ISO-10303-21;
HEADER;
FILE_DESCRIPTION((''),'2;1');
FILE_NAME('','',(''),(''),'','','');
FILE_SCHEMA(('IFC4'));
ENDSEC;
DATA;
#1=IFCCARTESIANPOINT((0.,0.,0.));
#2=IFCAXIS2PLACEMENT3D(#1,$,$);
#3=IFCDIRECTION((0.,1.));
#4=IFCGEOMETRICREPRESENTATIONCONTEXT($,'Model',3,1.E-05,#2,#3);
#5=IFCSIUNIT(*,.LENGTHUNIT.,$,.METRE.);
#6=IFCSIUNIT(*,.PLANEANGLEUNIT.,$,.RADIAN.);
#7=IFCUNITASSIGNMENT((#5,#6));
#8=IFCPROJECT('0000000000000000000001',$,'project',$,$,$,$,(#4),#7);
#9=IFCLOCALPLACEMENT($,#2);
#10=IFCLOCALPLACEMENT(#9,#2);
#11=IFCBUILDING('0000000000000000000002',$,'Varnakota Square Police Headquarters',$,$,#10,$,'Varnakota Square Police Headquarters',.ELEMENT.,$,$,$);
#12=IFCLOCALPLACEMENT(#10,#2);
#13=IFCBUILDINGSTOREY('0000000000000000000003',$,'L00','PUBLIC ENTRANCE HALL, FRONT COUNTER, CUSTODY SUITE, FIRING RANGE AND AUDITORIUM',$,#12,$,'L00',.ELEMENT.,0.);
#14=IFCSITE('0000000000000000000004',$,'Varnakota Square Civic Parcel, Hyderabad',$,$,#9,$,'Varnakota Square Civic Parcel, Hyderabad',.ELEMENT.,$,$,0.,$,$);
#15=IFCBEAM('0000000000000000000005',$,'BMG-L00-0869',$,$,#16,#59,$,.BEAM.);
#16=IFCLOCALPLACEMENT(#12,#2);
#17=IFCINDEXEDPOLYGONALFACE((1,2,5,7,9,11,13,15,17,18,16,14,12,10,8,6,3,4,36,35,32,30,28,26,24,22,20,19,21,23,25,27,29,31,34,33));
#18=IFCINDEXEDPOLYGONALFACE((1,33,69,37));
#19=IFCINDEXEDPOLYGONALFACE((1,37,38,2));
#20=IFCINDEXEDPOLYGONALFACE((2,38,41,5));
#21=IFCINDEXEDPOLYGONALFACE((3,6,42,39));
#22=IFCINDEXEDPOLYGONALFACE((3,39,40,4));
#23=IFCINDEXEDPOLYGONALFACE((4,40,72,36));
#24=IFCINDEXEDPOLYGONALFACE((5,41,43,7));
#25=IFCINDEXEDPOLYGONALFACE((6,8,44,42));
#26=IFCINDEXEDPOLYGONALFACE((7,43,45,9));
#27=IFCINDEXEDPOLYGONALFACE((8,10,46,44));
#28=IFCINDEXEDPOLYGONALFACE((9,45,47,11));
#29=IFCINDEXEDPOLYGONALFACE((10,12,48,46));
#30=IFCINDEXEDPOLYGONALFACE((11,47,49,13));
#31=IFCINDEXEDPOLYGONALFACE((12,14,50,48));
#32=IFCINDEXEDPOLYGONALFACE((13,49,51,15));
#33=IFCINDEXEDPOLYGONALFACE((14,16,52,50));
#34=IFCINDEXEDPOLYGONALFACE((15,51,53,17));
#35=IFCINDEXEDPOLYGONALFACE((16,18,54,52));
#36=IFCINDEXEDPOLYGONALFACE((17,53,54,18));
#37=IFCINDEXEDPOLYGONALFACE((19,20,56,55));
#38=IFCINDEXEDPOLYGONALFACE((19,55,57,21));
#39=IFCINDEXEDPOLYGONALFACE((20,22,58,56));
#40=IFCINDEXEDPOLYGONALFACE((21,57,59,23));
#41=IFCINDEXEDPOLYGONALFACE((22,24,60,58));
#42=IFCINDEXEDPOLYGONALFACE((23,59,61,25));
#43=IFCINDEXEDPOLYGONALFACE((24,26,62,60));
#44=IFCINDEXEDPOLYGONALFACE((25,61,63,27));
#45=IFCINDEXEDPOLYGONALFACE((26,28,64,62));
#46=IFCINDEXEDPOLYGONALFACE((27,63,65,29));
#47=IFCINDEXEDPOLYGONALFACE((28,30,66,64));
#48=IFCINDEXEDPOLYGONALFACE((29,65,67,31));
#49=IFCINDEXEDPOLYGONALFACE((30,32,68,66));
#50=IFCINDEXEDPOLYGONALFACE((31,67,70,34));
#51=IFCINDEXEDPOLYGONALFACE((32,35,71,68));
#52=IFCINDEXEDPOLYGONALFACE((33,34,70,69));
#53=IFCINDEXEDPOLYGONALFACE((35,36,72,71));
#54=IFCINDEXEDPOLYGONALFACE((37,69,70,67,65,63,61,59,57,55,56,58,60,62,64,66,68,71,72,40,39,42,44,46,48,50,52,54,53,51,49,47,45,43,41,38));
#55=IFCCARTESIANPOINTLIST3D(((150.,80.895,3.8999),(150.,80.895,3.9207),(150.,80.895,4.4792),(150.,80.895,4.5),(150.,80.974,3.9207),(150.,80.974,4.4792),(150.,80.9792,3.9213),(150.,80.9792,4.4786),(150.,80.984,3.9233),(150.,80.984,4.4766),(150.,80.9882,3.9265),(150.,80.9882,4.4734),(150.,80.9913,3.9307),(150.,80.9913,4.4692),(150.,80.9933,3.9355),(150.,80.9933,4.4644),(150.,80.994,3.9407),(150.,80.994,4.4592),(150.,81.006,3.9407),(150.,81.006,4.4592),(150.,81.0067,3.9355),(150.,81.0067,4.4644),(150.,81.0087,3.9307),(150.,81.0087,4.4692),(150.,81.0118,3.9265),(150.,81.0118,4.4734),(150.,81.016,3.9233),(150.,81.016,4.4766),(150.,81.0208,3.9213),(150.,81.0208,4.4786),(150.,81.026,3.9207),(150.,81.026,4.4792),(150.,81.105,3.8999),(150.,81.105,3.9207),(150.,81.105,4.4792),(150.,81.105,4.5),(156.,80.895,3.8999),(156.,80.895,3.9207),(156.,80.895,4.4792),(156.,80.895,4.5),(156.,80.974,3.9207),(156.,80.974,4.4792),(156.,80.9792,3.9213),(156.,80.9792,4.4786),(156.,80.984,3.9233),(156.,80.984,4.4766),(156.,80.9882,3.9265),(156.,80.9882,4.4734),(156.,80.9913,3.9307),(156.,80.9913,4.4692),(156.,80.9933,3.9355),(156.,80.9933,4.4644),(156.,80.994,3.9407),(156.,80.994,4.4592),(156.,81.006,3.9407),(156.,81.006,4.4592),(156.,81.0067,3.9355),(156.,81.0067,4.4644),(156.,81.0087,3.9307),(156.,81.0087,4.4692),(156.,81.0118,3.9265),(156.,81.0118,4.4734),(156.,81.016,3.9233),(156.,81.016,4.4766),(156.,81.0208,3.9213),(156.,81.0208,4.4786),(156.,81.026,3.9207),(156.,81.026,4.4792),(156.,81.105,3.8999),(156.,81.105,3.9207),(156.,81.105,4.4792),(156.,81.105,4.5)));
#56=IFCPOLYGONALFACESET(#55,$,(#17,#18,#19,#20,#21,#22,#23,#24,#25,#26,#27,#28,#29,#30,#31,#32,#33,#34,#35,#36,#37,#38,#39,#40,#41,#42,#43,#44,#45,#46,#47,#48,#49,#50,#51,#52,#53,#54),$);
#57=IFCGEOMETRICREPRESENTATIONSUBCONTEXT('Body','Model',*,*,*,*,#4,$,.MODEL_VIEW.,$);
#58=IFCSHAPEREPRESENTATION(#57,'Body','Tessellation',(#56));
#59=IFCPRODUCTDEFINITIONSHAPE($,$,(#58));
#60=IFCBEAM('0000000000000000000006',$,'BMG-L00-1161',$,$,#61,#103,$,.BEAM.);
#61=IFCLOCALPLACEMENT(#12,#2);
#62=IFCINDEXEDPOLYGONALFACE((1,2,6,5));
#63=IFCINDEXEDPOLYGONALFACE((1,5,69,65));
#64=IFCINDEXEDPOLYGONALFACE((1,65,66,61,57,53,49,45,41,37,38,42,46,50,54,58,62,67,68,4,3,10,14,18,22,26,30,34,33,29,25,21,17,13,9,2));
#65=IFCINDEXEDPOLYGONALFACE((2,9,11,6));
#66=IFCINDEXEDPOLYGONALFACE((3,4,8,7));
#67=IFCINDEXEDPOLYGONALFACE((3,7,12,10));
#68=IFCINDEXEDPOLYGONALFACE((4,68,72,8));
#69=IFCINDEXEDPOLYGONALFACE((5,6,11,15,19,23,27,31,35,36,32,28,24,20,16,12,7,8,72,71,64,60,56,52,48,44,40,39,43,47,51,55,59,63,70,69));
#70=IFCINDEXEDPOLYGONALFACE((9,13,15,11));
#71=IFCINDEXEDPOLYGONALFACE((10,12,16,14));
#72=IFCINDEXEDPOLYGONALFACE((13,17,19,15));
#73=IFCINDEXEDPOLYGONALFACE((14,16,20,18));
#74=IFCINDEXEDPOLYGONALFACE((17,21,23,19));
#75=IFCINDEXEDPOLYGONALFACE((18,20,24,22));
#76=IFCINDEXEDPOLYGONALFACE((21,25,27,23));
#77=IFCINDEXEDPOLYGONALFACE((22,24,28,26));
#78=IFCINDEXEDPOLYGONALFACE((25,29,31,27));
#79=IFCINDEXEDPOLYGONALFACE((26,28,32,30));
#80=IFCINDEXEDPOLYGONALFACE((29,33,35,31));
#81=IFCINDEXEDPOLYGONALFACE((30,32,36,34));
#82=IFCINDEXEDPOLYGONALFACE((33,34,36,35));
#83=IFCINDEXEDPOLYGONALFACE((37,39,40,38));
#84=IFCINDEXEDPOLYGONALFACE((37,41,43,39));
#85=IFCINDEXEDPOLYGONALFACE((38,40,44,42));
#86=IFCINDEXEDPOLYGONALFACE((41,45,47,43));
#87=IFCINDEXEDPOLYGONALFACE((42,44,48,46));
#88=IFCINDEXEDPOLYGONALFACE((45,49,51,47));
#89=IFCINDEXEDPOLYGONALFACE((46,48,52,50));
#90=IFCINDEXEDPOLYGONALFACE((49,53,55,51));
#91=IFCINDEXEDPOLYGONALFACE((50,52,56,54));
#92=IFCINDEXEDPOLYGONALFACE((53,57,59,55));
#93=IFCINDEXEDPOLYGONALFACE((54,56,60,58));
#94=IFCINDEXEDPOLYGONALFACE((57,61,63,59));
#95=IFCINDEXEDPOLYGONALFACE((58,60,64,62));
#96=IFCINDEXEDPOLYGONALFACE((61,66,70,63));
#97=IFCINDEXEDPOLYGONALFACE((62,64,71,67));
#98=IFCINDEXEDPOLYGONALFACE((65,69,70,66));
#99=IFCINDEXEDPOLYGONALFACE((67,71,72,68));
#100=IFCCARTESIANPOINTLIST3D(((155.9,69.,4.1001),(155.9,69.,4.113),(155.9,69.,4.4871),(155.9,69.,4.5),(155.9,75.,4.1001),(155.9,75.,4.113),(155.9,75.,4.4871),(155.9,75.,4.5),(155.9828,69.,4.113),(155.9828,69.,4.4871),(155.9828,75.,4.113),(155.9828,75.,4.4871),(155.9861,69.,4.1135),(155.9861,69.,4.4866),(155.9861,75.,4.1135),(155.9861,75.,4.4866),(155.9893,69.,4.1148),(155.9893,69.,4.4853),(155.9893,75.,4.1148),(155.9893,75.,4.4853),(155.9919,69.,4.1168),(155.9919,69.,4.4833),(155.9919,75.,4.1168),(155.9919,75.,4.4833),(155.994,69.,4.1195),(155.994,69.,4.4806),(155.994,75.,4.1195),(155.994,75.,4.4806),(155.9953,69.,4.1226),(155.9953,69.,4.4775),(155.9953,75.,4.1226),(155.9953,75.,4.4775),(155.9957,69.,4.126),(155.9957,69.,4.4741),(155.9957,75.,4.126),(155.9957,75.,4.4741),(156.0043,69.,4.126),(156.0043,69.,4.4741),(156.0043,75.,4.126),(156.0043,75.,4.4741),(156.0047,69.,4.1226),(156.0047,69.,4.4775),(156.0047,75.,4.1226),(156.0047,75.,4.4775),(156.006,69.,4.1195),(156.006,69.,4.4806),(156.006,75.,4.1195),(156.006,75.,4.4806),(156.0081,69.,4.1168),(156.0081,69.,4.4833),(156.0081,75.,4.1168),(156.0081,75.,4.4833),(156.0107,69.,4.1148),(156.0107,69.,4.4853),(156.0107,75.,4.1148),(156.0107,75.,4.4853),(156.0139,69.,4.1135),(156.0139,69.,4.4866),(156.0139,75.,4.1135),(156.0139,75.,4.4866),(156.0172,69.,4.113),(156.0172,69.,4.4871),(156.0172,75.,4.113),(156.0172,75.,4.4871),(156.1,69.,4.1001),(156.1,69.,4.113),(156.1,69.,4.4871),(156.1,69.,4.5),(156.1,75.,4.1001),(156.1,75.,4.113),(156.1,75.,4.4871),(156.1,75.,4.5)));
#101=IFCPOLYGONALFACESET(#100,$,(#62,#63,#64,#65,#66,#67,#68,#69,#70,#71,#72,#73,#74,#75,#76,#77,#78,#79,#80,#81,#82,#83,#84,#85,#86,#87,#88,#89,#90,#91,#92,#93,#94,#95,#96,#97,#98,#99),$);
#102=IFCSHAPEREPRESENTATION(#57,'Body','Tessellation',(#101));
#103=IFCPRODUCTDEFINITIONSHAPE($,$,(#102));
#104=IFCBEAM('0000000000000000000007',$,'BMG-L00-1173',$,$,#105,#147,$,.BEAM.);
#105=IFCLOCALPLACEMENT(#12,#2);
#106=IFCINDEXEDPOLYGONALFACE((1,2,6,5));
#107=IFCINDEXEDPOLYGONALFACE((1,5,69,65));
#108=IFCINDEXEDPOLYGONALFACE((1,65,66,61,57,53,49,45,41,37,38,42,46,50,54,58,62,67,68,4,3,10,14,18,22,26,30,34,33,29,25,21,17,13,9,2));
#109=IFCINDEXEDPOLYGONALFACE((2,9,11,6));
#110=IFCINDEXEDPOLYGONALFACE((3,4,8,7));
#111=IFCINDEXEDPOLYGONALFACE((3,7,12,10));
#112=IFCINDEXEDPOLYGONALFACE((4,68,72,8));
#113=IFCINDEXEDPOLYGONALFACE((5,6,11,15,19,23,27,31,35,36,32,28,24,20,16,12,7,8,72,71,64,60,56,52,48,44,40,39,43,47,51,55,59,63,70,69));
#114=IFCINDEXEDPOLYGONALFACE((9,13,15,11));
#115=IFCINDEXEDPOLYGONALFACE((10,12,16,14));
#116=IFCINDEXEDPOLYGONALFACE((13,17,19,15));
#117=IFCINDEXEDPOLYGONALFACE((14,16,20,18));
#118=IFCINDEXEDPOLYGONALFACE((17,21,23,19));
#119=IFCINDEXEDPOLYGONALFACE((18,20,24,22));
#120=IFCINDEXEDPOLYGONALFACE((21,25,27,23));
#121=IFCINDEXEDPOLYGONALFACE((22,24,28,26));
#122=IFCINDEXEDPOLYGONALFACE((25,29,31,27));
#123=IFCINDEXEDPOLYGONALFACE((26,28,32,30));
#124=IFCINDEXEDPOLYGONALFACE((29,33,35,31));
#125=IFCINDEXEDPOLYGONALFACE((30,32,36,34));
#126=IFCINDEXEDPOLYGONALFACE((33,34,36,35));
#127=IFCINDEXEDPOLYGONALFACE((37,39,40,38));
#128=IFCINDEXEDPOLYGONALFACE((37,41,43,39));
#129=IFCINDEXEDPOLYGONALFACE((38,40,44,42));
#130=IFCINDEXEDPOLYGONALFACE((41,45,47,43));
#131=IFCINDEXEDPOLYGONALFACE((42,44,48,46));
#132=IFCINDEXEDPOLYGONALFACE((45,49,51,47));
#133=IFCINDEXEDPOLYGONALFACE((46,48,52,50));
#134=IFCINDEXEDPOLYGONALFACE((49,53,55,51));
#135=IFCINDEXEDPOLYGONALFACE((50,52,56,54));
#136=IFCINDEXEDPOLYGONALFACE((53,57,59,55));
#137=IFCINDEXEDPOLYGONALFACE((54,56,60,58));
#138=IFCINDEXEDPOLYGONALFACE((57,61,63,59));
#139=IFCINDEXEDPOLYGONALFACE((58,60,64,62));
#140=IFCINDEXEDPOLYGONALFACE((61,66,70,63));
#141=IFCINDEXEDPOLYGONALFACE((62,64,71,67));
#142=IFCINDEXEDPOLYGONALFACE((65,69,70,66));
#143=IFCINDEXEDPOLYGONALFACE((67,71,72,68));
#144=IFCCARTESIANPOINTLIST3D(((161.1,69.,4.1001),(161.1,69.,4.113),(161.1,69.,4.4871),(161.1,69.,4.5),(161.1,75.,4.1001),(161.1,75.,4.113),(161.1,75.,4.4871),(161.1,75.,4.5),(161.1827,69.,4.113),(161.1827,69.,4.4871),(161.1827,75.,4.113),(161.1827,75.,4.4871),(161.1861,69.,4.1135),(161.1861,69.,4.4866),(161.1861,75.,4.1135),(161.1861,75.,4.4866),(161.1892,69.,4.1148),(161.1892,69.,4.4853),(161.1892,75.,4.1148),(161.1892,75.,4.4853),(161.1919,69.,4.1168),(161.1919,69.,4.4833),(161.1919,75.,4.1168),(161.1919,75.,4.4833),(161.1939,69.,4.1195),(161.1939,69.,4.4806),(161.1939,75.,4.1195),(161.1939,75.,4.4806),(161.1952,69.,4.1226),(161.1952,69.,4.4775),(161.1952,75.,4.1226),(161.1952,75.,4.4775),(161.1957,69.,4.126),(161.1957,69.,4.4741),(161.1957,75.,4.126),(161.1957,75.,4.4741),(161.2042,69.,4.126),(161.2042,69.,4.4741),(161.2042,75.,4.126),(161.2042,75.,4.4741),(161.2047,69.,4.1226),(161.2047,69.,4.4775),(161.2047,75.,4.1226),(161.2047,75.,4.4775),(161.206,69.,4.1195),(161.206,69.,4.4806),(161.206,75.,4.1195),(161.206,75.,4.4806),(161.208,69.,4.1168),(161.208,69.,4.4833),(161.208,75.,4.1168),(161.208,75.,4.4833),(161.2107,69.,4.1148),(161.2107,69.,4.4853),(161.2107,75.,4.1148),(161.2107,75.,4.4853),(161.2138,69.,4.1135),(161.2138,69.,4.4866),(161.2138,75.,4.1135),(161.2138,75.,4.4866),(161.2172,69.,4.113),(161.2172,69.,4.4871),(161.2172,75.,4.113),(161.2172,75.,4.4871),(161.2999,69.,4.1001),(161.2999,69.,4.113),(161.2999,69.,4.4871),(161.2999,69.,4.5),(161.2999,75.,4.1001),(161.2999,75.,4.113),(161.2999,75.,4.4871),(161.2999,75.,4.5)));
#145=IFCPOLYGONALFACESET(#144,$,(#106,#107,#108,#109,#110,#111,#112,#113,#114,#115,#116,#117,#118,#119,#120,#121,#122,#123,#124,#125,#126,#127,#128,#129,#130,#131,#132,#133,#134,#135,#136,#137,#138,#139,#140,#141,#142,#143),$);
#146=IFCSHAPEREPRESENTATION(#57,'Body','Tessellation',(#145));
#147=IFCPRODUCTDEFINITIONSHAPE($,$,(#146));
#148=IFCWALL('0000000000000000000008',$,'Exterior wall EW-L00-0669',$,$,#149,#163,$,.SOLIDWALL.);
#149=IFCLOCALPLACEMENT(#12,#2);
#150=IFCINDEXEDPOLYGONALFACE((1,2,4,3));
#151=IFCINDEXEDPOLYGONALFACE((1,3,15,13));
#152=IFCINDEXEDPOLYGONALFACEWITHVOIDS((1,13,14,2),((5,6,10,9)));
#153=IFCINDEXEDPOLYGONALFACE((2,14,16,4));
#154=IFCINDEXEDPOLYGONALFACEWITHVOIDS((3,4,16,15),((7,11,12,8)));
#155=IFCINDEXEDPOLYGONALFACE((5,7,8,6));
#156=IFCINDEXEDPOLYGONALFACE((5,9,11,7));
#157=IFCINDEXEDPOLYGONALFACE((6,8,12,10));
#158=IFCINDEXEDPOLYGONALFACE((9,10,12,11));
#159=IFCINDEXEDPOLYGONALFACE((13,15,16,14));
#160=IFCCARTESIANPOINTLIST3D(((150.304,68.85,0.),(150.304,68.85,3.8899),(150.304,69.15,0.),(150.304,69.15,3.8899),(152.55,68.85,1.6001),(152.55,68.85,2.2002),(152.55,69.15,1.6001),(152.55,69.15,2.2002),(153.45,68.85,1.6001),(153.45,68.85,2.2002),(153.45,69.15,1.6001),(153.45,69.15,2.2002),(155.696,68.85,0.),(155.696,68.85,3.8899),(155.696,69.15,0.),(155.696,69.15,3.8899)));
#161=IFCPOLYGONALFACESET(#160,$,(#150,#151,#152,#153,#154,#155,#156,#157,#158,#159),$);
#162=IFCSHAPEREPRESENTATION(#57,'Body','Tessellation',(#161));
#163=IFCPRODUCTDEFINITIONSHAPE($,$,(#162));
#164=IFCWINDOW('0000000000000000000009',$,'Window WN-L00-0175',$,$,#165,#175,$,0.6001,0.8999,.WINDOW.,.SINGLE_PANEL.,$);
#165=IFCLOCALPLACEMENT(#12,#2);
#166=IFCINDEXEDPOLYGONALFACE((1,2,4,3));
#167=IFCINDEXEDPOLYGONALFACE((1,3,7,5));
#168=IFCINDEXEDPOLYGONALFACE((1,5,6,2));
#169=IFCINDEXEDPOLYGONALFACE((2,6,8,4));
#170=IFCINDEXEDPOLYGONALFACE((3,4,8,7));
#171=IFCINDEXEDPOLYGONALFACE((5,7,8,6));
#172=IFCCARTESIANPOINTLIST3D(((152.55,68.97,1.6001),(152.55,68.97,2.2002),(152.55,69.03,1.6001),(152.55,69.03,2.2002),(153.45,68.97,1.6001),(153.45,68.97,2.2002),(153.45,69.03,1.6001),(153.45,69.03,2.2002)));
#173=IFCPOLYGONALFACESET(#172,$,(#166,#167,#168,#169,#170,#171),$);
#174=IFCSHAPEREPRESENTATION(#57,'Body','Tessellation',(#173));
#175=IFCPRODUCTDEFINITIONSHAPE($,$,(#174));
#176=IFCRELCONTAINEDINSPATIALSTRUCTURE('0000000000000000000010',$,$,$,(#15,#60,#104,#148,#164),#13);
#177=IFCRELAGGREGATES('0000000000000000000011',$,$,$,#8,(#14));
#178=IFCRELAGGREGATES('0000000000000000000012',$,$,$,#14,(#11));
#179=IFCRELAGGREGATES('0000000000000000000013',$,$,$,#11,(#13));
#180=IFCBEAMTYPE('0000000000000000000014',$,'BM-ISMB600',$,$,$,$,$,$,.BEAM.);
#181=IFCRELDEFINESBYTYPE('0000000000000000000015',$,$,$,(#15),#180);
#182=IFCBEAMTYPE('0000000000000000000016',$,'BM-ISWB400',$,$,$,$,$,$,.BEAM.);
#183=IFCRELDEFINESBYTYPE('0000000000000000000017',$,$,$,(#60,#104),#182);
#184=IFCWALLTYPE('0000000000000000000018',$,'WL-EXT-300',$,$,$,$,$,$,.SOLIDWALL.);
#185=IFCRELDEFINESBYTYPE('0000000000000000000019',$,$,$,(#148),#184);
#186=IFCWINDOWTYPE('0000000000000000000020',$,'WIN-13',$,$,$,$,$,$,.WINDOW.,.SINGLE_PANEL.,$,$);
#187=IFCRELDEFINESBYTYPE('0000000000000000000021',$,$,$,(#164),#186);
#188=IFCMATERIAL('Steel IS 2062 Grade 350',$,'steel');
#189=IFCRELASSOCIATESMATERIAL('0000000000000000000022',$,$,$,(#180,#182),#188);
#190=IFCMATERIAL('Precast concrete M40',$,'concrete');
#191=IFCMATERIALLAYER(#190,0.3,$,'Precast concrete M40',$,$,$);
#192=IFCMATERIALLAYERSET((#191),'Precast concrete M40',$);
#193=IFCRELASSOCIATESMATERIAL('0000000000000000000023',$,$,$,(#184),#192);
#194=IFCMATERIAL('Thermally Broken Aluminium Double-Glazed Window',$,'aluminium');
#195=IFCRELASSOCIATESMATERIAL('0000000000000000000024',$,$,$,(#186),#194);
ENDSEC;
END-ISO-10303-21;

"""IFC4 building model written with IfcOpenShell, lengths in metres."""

from ifc_helpers import new_model, si_unit, direction, frame, frame_2d, origin, origin_2d, place, context, subcontext, project, spatial, rectangle, i_section, extrude, material, layer, layer_set, material_profile, profile_set, type_object, element, fill, save


model = new_model("IFC4")

# Units and contexts
model_context = context("Model", 3, precision=1e-05, world=origin(), true_north=direction((0.0, 1.0)))
body_context = subcontext(model_context, "Body", "Model", "MODEL_VIEW")
ifc_project = project(units=[si_unit("LENGTHUNIT", "METRE"), si_unit("PLANEANGLEUNIT", "RADIAN")], contexts=[model_context])

# Site, building, storey
site_placement = place(None, origin())
site = spatial("IfcSite", under=ifc_project, at=site_placement, Name="Varnakota Square Civic Parcel, Hyderabad", LongName="Varnakota Square Civic Parcel, Hyderabad", CompositionType="ELEMENT", RefElevation=0.0)
building_placement = place(site_placement, origin())
building = spatial("IfcBuilding", under=site, at=building_placement, Name="Varnakota Square Police Headquarters", LongName="Varnakota Square Police Headquarters", CompositionType="ELEMENT")
storey_placement = place(building_placement, origin())
storey = spatial("IfcBuildingStorey", under=building, at=storey_placement, Name="L00", Description="PUBLIC ENTRANCE HALL, FRONT COUNTER, CUSTODY SUITE, FIRING RANGE AND AUDITORIUM", LongName="L00", CompositionType="ELEMENT", Elevation=0.0)

# Beams
ifc_material_1 = material(Name="Steel IS 2062 Grade 350", Category="steel")
ifc_material_profile_1 = material_profile(ifc_material_1, i_section(OverallWidth=0.21, OverallDepth=0.6001, WebThickness=0.012, FlangeThickness=0.0208, FilletRadius=0.02, at=origin_2d()), Name="ISMB 600")
ifc_profile_set_1 = profile_set([ifc_material_profile_1], Name="Steel IS 2062 Grade 350")
beam_type_1 = type_object("IfcBeamType", Name="BM-ISMB600", PredefinedType="BEAM", material=ifc_profile_set_1)
for number, where, z_axis, x_axis, name in (
    (1, (150.0, 81.0, 4.2), (1.0, 0.0, 0.0), (0.0, 1.0, 0.0), "BMG-L00-0869"),
):
    element("IfcBeam", number, at=place(storey_placement, frame(where, z_axis=z_axis, x_axis=x_axis)), inside=storey, type_object=beam_type_1, Name=name, PredefinedType="BEAM", context=body_context, shape_type="SweptSolid", body=[
        extrude(i_section(OverallWidth=0.21, OverallDepth=0.6001, WebThickness=0.012, FlangeThickness=0.0208, FilletRadius=0.02, at=origin_2d()), origin(), (0.0, 0.0, 1.0), 6.0),
    ])
ifc_material_profile_2 = material_profile(ifc_material_1, i_section(OverallWidth=0.2, OverallDepth=0.3999, WebThickness=0.0085, FlangeThickness=0.0129, FilletRadius=0.0129, at=origin_2d()), Name="ISWB 400")
ifc_profile_set_2 = profile_set([ifc_material_profile_2], Name="Steel IS 2062 Grade 350")
beam_type_2 = type_object("IfcBeamType", Name="BM-ISWB400", PredefinedType="BEAM", material=ifc_profile_set_2)
for number, where, z_axis, x_axis, name in (
    (2, (156.0, 69.0, 4.3), (0.0, 1.0, 0.0), (-1.0, 0.0, 0.0), "BMG-L00-1161"),
    (3, (161.2, 69.0, 4.3), (0.0, 1.0, 0.0), (-1.0, 0.0, 0.0), "BMG-L00-1173"),
):
    element("IfcBeam", number, at=place(storey_placement, frame(where, z_axis=z_axis, x_axis=x_axis)), inside=storey, type_object=beam_type_2, Name=name, PredefinedType="BEAM", context=body_context, shape_type="SweptSolid", body=[
        extrude(i_section(OverallWidth=0.2, OverallDepth=0.3999, WebThickness=0.0085, FlangeThickness=0.0129, FilletRadius=0.0129, at=origin_2d()), origin(), (0.0, 0.0, 1.0), 6.0),
    ])

# Wall, opening, window
ifc_material_2 = material(Name="Precast concrete M40", Category="concrete")
ifc_layer_1 = layer(ifc_material_2, 0.3, Name="Precast concrete M40")
ifc_layer_set_1 = layer_set([ifc_layer_1], Name="Precast concrete M40")
wall_type_1 = type_object("IfcWallType", Name="WL-EXT-300", PredefinedType="SOLIDWALL", material=ifc_layer_set_1)
wall_1_placement = place(storey_placement, frame((150.304, 69.0, 0.0), z_axis=(0.0, 0.0, 1.0), x_axis=(1.0, 0.0, 0.0)))
wall_1 = element("IfcWall", 4, at=wall_1_placement, inside=storey, type_object=wall_type_1, Name="Exterior wall EW-L00-0669", PredefinedType="SOLIDWALL", context=body_context, shape_type="SweptSolid", body=[
    extrude(rectangle(XDim=5.3921, YDim=0.3, at=frame_2d((2.696, 0.0))), origin(), (0.0, 0.0, 1.0), 3.8899),
])
opening_1_placement = place(wall_1_placement, frame((2.2461, 0.0, 1.6001)))
opening_1 = element("IfcOpeningElement", 5, at=opening_1_placement, cuts=wall_1, PredefinedType="OPENING", context=body_context, shape_type="SweptSolid", body=[
    extrude(rectangle(XDim=0.8999, YDim=0.6001, at=frame_2d((0.45, 0.3))), frame((0.0, 0.1599, 0.0), z_axis=(0.0, -1.0, 0.0), x_axis=(1.0, 0.0, 0.0)), (0.0, 0.0, 1.0), 0.3201),
])
ifc_material_3 = material(Name="Thermally Broken Aluminium Double-Glazed Window", Category="aluminium")
window_type = type_object("IfcWindowType", Name="WIN-13", PartitioningType="SINGLE_PANEL", PredefinedType="WINDOW", material=ifc_material_3)
window_1_placement = place(opening_1_placement, origin())
window_1 = element("IfcWindow", 6, at=window_1_placement, inside=storey, type_object=window_type, Name="Window WN-L00-0175", OverallHeight=0.6001, OverallWidth=0.8999, PartitioningType="SINGLE_PANEL", PredefinedType="WINDOW", context=body_context, shape_type="SweptSolid", body=[
    extrude(rectangle(XDim=0.8999, YDim=0.6001, at=frame_2d((0.45, 0.3))), frame((0.0, 0.03, 0.0), z_axis=(0.0, -1.0, 0.0), x_axis=(1.0, 0.0, 0.0)), (0.0, 0.0, 1.0), 0.0601),
])
fill(opening_1, window_1)

save(model, "model.ifc")
